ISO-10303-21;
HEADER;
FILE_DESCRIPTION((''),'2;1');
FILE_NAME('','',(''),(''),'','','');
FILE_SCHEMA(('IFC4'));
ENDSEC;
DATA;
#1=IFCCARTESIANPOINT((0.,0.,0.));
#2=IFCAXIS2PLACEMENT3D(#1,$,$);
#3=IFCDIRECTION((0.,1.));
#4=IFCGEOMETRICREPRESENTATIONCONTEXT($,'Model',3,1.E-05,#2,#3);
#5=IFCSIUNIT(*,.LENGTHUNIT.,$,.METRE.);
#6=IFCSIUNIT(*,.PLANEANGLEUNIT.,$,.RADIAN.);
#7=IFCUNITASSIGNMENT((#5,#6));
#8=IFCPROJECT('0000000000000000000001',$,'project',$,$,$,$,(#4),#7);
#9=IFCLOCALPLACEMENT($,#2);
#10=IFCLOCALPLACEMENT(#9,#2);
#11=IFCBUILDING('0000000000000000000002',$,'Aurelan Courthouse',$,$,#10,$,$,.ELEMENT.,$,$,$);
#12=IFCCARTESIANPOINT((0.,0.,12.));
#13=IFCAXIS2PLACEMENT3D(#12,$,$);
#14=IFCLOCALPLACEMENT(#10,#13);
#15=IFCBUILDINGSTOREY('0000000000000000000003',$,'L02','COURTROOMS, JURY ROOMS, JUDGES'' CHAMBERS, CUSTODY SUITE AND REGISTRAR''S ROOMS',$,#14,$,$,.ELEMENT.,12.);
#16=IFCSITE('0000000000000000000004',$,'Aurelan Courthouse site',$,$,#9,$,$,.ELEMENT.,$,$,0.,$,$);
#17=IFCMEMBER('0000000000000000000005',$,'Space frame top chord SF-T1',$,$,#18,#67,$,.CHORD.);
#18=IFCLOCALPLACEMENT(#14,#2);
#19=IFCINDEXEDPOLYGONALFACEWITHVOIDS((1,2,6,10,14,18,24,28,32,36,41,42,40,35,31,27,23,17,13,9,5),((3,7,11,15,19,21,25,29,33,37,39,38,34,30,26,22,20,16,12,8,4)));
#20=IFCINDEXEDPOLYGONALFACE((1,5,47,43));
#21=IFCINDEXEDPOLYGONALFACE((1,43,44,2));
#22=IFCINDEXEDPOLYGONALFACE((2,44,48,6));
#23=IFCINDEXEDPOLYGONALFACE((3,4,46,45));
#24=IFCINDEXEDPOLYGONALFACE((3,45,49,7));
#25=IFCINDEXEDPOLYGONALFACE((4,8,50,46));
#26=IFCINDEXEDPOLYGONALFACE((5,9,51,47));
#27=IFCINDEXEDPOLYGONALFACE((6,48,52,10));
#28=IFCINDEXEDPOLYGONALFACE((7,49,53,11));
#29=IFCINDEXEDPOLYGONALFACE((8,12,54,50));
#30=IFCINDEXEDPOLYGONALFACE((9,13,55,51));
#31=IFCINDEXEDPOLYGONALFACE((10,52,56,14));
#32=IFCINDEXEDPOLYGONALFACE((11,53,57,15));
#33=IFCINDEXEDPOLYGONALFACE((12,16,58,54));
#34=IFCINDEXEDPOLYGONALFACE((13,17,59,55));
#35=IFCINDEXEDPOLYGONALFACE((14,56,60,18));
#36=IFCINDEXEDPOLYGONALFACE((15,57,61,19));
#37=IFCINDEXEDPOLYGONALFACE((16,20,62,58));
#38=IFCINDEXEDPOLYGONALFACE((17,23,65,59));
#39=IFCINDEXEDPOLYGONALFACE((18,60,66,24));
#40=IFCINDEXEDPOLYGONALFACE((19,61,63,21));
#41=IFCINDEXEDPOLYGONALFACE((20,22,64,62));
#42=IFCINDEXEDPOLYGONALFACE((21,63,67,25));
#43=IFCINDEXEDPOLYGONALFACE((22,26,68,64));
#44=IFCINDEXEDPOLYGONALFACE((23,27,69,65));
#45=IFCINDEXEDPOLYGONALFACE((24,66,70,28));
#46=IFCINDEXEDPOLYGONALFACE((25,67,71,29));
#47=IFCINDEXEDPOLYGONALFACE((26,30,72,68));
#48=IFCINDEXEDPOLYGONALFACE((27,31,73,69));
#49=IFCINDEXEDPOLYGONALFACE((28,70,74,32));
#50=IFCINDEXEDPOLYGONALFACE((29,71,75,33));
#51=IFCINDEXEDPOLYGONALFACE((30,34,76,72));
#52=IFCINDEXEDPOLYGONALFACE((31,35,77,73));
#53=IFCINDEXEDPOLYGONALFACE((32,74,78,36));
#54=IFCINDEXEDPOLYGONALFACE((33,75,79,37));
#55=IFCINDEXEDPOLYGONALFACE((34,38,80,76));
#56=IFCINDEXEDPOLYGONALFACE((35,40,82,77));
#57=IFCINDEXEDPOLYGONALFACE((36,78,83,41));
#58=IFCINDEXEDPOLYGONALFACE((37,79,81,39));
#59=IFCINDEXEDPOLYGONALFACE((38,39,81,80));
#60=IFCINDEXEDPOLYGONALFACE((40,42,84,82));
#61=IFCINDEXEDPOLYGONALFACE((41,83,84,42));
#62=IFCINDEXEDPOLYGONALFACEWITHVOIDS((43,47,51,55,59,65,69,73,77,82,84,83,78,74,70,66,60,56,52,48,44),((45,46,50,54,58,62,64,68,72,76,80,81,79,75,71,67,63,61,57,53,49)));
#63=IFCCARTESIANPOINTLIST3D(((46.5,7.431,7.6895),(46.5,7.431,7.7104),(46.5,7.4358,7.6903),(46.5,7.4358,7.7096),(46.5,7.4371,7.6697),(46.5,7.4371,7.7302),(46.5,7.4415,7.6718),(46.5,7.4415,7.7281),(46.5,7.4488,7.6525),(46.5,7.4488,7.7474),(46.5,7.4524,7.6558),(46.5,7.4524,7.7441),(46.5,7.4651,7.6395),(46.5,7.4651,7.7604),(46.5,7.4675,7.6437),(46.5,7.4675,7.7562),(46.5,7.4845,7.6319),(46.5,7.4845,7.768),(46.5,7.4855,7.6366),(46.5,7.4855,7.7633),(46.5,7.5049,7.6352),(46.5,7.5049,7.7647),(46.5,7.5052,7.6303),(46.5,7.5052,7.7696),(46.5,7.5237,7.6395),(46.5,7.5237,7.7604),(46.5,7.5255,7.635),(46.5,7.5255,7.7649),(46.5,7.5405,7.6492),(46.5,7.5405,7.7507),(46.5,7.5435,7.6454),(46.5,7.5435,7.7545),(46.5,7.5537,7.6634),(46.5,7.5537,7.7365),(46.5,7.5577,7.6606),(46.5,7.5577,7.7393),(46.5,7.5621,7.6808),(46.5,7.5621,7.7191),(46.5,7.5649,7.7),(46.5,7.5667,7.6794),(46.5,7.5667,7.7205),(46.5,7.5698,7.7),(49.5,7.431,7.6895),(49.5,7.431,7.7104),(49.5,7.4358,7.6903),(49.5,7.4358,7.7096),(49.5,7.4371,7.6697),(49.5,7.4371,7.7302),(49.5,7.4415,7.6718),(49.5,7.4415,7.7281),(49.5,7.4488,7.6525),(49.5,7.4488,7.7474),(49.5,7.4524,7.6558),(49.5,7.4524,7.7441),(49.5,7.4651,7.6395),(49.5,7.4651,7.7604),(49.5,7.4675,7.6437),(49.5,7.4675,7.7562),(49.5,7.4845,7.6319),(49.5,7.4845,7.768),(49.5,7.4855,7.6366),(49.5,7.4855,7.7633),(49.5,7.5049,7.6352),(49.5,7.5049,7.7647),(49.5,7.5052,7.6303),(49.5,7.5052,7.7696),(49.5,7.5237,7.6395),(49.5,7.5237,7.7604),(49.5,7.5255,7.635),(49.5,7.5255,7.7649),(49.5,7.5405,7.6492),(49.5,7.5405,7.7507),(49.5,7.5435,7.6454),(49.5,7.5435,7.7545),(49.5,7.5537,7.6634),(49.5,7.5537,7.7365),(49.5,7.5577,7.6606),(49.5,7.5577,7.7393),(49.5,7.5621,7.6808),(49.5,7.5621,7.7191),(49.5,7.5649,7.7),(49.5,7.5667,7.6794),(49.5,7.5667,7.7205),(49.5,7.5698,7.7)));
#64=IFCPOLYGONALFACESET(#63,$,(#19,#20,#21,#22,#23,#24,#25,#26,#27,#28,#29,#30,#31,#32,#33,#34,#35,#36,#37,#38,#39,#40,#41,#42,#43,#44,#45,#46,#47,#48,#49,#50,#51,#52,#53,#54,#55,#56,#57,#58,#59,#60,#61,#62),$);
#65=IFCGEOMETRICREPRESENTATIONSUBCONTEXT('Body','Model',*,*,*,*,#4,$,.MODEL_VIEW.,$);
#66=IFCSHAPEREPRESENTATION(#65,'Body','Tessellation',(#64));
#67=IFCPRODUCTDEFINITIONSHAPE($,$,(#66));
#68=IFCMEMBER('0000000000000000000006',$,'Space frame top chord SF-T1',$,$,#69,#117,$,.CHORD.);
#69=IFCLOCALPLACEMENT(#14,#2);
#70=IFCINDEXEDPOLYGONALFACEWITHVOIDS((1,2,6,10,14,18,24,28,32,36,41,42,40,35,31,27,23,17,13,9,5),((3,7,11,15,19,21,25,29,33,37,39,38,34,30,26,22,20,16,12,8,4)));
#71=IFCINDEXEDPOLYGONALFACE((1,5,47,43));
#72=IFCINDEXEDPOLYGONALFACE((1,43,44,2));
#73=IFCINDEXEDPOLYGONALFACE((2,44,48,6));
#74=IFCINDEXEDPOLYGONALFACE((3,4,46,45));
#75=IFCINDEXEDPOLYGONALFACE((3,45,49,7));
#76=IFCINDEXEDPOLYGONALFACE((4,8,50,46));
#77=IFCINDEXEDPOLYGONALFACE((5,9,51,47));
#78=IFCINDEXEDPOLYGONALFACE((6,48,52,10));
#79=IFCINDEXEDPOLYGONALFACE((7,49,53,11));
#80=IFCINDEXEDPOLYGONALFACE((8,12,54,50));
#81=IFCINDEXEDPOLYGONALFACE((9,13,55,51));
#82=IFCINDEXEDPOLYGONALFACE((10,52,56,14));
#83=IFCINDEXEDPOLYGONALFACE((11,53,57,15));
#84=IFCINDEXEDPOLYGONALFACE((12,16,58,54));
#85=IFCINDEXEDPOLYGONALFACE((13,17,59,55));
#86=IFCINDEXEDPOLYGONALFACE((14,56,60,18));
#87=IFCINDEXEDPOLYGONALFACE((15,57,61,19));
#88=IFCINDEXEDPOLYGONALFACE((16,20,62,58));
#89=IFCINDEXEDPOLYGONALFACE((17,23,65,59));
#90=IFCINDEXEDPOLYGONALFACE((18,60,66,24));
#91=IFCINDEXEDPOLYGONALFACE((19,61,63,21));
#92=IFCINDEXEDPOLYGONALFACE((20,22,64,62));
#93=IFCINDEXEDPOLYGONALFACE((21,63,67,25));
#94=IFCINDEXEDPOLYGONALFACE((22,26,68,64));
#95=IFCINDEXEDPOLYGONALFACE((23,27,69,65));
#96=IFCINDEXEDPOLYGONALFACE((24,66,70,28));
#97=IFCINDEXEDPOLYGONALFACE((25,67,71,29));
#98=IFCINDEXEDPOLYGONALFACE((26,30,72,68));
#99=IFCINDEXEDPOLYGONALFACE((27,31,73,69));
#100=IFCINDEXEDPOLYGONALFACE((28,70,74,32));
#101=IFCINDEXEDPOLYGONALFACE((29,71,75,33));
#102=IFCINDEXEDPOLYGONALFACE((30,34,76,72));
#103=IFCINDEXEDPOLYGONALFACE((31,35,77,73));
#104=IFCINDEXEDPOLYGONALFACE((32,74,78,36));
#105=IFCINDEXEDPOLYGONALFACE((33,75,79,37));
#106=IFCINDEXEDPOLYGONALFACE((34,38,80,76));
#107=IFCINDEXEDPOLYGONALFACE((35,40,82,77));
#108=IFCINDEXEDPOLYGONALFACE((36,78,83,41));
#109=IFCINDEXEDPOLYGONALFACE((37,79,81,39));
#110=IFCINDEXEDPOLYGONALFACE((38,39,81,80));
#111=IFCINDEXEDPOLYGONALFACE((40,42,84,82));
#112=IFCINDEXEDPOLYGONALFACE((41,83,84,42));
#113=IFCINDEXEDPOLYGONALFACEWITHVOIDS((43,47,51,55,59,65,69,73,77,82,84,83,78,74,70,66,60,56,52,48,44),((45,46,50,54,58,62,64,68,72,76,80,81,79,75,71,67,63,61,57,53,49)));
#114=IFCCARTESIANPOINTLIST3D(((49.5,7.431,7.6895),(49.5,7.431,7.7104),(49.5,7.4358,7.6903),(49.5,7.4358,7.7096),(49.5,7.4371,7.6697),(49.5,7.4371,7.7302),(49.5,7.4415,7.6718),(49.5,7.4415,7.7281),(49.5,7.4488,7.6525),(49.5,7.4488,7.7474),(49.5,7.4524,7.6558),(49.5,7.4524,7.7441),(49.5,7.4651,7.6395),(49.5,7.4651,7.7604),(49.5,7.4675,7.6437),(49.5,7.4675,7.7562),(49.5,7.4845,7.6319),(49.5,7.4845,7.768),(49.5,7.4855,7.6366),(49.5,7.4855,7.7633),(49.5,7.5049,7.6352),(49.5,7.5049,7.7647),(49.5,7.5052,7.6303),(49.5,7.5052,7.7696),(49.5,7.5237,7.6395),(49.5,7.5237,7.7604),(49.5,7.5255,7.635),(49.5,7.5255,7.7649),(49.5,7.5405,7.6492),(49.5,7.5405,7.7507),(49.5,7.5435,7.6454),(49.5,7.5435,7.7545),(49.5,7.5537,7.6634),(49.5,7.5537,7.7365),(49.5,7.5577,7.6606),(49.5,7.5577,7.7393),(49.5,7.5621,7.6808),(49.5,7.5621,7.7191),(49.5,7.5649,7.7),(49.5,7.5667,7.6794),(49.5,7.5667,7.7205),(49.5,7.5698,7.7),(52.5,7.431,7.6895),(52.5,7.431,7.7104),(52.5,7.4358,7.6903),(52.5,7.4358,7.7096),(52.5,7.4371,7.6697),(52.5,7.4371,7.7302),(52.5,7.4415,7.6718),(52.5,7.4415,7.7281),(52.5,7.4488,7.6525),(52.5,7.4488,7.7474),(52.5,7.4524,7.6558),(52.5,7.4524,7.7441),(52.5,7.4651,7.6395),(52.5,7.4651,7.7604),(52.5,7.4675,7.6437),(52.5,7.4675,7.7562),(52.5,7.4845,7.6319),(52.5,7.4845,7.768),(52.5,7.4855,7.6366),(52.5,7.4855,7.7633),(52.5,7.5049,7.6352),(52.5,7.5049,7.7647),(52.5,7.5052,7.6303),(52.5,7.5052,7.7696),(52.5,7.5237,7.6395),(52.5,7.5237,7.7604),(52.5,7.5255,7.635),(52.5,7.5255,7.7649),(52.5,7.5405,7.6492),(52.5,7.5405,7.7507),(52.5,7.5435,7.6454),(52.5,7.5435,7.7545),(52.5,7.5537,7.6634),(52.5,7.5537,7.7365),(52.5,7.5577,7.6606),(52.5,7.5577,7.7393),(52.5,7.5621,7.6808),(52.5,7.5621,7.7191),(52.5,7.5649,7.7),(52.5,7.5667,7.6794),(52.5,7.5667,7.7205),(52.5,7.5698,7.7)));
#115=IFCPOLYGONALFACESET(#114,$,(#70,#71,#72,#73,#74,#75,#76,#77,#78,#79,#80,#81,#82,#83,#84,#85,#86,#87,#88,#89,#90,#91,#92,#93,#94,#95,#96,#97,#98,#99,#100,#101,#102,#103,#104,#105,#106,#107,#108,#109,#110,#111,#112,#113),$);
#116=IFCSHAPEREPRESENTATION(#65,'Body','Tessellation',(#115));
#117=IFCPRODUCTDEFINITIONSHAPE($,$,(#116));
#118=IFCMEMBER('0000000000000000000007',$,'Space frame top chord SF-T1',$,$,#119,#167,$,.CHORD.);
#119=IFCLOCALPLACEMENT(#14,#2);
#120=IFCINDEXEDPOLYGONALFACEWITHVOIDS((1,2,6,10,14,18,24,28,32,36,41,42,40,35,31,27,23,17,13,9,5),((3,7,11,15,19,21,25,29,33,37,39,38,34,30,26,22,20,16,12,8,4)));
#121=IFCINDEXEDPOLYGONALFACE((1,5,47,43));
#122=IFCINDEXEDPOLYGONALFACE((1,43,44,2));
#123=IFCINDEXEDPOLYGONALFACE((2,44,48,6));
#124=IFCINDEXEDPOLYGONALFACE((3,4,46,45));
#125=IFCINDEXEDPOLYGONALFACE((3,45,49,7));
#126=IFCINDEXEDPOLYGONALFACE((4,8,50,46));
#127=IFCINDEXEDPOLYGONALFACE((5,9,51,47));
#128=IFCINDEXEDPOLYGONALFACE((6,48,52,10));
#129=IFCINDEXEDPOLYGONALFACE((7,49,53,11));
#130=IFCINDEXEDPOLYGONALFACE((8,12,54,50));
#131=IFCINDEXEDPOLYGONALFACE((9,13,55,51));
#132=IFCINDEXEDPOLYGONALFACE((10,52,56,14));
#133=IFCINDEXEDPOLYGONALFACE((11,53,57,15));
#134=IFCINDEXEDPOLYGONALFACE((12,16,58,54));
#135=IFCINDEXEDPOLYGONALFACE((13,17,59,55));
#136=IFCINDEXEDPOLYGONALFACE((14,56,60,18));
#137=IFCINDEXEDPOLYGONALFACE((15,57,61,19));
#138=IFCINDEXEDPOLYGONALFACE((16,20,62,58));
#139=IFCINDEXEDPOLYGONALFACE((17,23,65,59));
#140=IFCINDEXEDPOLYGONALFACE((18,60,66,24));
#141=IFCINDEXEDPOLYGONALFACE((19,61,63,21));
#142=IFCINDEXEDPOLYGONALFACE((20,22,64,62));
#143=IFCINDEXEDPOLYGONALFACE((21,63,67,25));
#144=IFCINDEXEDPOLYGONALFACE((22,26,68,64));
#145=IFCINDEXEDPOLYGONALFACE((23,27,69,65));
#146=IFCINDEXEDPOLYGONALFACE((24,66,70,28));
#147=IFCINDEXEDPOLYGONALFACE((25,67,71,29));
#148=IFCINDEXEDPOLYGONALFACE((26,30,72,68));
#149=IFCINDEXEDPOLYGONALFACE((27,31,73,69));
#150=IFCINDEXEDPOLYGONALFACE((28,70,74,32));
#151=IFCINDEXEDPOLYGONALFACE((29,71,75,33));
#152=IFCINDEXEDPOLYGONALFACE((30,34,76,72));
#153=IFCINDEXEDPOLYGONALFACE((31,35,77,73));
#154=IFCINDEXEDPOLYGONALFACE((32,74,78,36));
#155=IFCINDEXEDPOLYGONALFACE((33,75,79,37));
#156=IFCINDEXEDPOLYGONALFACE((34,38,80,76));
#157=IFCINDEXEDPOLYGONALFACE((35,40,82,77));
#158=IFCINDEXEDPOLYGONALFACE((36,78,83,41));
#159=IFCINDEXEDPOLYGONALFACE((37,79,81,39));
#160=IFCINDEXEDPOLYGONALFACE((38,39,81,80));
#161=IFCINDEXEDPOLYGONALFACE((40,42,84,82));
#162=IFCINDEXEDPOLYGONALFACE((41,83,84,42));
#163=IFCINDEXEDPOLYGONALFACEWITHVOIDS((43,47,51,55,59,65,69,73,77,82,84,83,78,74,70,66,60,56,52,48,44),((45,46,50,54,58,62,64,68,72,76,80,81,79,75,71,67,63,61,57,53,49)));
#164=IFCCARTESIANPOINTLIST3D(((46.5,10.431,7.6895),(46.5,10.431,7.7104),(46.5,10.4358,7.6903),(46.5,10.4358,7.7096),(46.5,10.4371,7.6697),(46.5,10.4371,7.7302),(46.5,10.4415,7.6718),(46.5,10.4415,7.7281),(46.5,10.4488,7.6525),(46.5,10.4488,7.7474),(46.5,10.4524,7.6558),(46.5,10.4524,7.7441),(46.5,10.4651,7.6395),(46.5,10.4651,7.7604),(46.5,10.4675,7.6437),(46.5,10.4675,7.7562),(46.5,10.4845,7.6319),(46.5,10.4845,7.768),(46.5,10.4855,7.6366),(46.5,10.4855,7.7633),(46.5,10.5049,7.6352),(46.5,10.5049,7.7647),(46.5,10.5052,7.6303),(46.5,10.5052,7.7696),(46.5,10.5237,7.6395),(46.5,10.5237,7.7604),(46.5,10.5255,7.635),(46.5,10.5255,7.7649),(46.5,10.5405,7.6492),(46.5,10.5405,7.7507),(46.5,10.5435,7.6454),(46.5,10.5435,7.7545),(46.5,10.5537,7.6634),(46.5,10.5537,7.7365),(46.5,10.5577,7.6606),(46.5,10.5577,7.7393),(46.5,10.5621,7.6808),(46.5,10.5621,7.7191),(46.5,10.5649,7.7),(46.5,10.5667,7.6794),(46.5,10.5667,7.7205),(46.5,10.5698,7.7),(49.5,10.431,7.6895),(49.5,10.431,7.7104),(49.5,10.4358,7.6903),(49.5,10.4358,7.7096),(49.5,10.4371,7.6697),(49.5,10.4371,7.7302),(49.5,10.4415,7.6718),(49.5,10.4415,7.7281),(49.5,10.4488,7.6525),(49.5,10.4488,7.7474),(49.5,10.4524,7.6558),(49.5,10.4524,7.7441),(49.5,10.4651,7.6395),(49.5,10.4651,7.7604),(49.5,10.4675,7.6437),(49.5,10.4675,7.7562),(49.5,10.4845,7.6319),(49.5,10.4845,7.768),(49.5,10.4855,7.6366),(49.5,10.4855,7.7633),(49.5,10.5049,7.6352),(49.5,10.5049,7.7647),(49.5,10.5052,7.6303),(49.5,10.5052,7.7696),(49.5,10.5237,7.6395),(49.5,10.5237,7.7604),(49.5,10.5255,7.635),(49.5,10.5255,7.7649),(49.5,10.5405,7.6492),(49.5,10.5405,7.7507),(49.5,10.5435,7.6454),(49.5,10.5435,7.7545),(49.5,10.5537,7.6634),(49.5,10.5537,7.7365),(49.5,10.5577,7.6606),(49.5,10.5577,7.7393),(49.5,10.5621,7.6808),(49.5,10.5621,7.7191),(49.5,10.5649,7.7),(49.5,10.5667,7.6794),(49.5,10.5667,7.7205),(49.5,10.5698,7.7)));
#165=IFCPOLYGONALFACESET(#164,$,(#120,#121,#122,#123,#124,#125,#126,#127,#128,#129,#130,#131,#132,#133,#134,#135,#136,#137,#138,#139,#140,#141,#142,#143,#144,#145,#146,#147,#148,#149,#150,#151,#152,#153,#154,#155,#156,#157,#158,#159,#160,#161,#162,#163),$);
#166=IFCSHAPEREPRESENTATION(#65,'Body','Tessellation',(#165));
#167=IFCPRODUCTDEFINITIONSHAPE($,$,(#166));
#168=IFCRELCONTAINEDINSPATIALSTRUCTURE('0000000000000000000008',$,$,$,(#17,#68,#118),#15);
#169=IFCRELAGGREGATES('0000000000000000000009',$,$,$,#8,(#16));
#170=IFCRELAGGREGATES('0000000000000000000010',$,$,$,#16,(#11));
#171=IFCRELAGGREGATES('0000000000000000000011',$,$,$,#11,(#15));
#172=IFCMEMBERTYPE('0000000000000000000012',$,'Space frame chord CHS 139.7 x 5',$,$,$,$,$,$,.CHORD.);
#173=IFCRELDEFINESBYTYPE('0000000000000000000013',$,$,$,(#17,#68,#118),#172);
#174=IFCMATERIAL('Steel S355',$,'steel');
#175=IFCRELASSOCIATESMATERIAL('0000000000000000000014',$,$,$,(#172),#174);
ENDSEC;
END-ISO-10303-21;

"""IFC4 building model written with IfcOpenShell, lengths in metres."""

from ifc_helpers import new_model, si_unit, direction, frame, origin, origin_2d, place, context, subcontext, project, spatial, hollow_circle, extrude, material, material_profile, profile_set, type_object, element, save


model = new_model("IFC4")

# Units and contexts
model_context = context("Model", 3, precision=1e-05, world=origin(), true_north=direction((0.0, 1.0)))
body_context = subcontext(model_context, "Body", "Model", "MODEL_VIEW")
ifc_project = project(units=[si_unit("LENGTHUNIT", "METRE"), si_unit("PLANEANGLEUNIT", "RADIAN")], contexts=[model_context])

# Site, building, storey
site_placement = place(None, origin())
site = spatial("IfcSite", under=ifc_project, at=site_placement, Name="Aurelan Courthouse site", CompositionType="ELEMENT", RefElevation=0.0)
building_placement = place(site_placement, origin())
building = spatial("IfcBuilding", under=site, at=building_placement, Name="Aurelan Courthouse", CompositionType="ELEMENT")
storey_placement = place(building_placement, frame((0.0, 0.0, 12.0)))
storey = spatial("IfcBuildingStorey", under=building, at=storey_placement, Name="L02", Description="COURTROOMS, JURY ROOMS, JUDGES' CHAMBERS, CUSTODY SUITE AND REGISTRAR'S ROOMS", CompositionType="ELEMENT", Elevation=12.0)

# Members
ifc_material_1 = material(Name="Steel S355", Category="steel")
ifc_material_profile_1 = material_profile(ifc_material_1, hollow_circle(Radius=0.0698, WallThickness=0.0049, at=origin_2d()), Name="CHS 139.7 x 5")
ifc_profile_set_1 = profile_set([ifc_material_profile_1], Name="Steel S355")
member_type_1 = type_object("IfcMemberType", Name="Space frame chord CHS 139.7 x 5", PredefinedType="CHORD", material=ifc_profile_set_1)
for number, where, z_axis, x_axis, name in (
    (1, (46.5, 7.5, 7.7), (1.0, 0.0, 0.0), (0.0, 1.0, 0.0), "Space frame top chord SF-T1"),
    (2, (49.5, 7.5, 7.7), (1.0, 0.0, 0.0), (0.0, 1.0, 0.0), "Space frame top chord SF-T1"),
    (3, (46.5, 10.5, 7.7), (1.0, 0.0, 0.0), (0.0, 1.0, 0.0), "Space frame top chord SF-T1"),
):
    element("IfcMember", number, at=place(storey_placement, frame(where, z_axis=z_axis, x_axis=x_axis)), inside=storey, type_object=member_type_1, Name=name, PredefinedType="CHORD", context=body_context, shape_type="SweptSolid", body=[
        extrude(hollow_circle(Radius=0.0698, WallThickness=0.0049, at=origin_2d()), origin(), (0.0, 0.0, 1.0), 3.0),
    ])

save(model, "model.ifc")
